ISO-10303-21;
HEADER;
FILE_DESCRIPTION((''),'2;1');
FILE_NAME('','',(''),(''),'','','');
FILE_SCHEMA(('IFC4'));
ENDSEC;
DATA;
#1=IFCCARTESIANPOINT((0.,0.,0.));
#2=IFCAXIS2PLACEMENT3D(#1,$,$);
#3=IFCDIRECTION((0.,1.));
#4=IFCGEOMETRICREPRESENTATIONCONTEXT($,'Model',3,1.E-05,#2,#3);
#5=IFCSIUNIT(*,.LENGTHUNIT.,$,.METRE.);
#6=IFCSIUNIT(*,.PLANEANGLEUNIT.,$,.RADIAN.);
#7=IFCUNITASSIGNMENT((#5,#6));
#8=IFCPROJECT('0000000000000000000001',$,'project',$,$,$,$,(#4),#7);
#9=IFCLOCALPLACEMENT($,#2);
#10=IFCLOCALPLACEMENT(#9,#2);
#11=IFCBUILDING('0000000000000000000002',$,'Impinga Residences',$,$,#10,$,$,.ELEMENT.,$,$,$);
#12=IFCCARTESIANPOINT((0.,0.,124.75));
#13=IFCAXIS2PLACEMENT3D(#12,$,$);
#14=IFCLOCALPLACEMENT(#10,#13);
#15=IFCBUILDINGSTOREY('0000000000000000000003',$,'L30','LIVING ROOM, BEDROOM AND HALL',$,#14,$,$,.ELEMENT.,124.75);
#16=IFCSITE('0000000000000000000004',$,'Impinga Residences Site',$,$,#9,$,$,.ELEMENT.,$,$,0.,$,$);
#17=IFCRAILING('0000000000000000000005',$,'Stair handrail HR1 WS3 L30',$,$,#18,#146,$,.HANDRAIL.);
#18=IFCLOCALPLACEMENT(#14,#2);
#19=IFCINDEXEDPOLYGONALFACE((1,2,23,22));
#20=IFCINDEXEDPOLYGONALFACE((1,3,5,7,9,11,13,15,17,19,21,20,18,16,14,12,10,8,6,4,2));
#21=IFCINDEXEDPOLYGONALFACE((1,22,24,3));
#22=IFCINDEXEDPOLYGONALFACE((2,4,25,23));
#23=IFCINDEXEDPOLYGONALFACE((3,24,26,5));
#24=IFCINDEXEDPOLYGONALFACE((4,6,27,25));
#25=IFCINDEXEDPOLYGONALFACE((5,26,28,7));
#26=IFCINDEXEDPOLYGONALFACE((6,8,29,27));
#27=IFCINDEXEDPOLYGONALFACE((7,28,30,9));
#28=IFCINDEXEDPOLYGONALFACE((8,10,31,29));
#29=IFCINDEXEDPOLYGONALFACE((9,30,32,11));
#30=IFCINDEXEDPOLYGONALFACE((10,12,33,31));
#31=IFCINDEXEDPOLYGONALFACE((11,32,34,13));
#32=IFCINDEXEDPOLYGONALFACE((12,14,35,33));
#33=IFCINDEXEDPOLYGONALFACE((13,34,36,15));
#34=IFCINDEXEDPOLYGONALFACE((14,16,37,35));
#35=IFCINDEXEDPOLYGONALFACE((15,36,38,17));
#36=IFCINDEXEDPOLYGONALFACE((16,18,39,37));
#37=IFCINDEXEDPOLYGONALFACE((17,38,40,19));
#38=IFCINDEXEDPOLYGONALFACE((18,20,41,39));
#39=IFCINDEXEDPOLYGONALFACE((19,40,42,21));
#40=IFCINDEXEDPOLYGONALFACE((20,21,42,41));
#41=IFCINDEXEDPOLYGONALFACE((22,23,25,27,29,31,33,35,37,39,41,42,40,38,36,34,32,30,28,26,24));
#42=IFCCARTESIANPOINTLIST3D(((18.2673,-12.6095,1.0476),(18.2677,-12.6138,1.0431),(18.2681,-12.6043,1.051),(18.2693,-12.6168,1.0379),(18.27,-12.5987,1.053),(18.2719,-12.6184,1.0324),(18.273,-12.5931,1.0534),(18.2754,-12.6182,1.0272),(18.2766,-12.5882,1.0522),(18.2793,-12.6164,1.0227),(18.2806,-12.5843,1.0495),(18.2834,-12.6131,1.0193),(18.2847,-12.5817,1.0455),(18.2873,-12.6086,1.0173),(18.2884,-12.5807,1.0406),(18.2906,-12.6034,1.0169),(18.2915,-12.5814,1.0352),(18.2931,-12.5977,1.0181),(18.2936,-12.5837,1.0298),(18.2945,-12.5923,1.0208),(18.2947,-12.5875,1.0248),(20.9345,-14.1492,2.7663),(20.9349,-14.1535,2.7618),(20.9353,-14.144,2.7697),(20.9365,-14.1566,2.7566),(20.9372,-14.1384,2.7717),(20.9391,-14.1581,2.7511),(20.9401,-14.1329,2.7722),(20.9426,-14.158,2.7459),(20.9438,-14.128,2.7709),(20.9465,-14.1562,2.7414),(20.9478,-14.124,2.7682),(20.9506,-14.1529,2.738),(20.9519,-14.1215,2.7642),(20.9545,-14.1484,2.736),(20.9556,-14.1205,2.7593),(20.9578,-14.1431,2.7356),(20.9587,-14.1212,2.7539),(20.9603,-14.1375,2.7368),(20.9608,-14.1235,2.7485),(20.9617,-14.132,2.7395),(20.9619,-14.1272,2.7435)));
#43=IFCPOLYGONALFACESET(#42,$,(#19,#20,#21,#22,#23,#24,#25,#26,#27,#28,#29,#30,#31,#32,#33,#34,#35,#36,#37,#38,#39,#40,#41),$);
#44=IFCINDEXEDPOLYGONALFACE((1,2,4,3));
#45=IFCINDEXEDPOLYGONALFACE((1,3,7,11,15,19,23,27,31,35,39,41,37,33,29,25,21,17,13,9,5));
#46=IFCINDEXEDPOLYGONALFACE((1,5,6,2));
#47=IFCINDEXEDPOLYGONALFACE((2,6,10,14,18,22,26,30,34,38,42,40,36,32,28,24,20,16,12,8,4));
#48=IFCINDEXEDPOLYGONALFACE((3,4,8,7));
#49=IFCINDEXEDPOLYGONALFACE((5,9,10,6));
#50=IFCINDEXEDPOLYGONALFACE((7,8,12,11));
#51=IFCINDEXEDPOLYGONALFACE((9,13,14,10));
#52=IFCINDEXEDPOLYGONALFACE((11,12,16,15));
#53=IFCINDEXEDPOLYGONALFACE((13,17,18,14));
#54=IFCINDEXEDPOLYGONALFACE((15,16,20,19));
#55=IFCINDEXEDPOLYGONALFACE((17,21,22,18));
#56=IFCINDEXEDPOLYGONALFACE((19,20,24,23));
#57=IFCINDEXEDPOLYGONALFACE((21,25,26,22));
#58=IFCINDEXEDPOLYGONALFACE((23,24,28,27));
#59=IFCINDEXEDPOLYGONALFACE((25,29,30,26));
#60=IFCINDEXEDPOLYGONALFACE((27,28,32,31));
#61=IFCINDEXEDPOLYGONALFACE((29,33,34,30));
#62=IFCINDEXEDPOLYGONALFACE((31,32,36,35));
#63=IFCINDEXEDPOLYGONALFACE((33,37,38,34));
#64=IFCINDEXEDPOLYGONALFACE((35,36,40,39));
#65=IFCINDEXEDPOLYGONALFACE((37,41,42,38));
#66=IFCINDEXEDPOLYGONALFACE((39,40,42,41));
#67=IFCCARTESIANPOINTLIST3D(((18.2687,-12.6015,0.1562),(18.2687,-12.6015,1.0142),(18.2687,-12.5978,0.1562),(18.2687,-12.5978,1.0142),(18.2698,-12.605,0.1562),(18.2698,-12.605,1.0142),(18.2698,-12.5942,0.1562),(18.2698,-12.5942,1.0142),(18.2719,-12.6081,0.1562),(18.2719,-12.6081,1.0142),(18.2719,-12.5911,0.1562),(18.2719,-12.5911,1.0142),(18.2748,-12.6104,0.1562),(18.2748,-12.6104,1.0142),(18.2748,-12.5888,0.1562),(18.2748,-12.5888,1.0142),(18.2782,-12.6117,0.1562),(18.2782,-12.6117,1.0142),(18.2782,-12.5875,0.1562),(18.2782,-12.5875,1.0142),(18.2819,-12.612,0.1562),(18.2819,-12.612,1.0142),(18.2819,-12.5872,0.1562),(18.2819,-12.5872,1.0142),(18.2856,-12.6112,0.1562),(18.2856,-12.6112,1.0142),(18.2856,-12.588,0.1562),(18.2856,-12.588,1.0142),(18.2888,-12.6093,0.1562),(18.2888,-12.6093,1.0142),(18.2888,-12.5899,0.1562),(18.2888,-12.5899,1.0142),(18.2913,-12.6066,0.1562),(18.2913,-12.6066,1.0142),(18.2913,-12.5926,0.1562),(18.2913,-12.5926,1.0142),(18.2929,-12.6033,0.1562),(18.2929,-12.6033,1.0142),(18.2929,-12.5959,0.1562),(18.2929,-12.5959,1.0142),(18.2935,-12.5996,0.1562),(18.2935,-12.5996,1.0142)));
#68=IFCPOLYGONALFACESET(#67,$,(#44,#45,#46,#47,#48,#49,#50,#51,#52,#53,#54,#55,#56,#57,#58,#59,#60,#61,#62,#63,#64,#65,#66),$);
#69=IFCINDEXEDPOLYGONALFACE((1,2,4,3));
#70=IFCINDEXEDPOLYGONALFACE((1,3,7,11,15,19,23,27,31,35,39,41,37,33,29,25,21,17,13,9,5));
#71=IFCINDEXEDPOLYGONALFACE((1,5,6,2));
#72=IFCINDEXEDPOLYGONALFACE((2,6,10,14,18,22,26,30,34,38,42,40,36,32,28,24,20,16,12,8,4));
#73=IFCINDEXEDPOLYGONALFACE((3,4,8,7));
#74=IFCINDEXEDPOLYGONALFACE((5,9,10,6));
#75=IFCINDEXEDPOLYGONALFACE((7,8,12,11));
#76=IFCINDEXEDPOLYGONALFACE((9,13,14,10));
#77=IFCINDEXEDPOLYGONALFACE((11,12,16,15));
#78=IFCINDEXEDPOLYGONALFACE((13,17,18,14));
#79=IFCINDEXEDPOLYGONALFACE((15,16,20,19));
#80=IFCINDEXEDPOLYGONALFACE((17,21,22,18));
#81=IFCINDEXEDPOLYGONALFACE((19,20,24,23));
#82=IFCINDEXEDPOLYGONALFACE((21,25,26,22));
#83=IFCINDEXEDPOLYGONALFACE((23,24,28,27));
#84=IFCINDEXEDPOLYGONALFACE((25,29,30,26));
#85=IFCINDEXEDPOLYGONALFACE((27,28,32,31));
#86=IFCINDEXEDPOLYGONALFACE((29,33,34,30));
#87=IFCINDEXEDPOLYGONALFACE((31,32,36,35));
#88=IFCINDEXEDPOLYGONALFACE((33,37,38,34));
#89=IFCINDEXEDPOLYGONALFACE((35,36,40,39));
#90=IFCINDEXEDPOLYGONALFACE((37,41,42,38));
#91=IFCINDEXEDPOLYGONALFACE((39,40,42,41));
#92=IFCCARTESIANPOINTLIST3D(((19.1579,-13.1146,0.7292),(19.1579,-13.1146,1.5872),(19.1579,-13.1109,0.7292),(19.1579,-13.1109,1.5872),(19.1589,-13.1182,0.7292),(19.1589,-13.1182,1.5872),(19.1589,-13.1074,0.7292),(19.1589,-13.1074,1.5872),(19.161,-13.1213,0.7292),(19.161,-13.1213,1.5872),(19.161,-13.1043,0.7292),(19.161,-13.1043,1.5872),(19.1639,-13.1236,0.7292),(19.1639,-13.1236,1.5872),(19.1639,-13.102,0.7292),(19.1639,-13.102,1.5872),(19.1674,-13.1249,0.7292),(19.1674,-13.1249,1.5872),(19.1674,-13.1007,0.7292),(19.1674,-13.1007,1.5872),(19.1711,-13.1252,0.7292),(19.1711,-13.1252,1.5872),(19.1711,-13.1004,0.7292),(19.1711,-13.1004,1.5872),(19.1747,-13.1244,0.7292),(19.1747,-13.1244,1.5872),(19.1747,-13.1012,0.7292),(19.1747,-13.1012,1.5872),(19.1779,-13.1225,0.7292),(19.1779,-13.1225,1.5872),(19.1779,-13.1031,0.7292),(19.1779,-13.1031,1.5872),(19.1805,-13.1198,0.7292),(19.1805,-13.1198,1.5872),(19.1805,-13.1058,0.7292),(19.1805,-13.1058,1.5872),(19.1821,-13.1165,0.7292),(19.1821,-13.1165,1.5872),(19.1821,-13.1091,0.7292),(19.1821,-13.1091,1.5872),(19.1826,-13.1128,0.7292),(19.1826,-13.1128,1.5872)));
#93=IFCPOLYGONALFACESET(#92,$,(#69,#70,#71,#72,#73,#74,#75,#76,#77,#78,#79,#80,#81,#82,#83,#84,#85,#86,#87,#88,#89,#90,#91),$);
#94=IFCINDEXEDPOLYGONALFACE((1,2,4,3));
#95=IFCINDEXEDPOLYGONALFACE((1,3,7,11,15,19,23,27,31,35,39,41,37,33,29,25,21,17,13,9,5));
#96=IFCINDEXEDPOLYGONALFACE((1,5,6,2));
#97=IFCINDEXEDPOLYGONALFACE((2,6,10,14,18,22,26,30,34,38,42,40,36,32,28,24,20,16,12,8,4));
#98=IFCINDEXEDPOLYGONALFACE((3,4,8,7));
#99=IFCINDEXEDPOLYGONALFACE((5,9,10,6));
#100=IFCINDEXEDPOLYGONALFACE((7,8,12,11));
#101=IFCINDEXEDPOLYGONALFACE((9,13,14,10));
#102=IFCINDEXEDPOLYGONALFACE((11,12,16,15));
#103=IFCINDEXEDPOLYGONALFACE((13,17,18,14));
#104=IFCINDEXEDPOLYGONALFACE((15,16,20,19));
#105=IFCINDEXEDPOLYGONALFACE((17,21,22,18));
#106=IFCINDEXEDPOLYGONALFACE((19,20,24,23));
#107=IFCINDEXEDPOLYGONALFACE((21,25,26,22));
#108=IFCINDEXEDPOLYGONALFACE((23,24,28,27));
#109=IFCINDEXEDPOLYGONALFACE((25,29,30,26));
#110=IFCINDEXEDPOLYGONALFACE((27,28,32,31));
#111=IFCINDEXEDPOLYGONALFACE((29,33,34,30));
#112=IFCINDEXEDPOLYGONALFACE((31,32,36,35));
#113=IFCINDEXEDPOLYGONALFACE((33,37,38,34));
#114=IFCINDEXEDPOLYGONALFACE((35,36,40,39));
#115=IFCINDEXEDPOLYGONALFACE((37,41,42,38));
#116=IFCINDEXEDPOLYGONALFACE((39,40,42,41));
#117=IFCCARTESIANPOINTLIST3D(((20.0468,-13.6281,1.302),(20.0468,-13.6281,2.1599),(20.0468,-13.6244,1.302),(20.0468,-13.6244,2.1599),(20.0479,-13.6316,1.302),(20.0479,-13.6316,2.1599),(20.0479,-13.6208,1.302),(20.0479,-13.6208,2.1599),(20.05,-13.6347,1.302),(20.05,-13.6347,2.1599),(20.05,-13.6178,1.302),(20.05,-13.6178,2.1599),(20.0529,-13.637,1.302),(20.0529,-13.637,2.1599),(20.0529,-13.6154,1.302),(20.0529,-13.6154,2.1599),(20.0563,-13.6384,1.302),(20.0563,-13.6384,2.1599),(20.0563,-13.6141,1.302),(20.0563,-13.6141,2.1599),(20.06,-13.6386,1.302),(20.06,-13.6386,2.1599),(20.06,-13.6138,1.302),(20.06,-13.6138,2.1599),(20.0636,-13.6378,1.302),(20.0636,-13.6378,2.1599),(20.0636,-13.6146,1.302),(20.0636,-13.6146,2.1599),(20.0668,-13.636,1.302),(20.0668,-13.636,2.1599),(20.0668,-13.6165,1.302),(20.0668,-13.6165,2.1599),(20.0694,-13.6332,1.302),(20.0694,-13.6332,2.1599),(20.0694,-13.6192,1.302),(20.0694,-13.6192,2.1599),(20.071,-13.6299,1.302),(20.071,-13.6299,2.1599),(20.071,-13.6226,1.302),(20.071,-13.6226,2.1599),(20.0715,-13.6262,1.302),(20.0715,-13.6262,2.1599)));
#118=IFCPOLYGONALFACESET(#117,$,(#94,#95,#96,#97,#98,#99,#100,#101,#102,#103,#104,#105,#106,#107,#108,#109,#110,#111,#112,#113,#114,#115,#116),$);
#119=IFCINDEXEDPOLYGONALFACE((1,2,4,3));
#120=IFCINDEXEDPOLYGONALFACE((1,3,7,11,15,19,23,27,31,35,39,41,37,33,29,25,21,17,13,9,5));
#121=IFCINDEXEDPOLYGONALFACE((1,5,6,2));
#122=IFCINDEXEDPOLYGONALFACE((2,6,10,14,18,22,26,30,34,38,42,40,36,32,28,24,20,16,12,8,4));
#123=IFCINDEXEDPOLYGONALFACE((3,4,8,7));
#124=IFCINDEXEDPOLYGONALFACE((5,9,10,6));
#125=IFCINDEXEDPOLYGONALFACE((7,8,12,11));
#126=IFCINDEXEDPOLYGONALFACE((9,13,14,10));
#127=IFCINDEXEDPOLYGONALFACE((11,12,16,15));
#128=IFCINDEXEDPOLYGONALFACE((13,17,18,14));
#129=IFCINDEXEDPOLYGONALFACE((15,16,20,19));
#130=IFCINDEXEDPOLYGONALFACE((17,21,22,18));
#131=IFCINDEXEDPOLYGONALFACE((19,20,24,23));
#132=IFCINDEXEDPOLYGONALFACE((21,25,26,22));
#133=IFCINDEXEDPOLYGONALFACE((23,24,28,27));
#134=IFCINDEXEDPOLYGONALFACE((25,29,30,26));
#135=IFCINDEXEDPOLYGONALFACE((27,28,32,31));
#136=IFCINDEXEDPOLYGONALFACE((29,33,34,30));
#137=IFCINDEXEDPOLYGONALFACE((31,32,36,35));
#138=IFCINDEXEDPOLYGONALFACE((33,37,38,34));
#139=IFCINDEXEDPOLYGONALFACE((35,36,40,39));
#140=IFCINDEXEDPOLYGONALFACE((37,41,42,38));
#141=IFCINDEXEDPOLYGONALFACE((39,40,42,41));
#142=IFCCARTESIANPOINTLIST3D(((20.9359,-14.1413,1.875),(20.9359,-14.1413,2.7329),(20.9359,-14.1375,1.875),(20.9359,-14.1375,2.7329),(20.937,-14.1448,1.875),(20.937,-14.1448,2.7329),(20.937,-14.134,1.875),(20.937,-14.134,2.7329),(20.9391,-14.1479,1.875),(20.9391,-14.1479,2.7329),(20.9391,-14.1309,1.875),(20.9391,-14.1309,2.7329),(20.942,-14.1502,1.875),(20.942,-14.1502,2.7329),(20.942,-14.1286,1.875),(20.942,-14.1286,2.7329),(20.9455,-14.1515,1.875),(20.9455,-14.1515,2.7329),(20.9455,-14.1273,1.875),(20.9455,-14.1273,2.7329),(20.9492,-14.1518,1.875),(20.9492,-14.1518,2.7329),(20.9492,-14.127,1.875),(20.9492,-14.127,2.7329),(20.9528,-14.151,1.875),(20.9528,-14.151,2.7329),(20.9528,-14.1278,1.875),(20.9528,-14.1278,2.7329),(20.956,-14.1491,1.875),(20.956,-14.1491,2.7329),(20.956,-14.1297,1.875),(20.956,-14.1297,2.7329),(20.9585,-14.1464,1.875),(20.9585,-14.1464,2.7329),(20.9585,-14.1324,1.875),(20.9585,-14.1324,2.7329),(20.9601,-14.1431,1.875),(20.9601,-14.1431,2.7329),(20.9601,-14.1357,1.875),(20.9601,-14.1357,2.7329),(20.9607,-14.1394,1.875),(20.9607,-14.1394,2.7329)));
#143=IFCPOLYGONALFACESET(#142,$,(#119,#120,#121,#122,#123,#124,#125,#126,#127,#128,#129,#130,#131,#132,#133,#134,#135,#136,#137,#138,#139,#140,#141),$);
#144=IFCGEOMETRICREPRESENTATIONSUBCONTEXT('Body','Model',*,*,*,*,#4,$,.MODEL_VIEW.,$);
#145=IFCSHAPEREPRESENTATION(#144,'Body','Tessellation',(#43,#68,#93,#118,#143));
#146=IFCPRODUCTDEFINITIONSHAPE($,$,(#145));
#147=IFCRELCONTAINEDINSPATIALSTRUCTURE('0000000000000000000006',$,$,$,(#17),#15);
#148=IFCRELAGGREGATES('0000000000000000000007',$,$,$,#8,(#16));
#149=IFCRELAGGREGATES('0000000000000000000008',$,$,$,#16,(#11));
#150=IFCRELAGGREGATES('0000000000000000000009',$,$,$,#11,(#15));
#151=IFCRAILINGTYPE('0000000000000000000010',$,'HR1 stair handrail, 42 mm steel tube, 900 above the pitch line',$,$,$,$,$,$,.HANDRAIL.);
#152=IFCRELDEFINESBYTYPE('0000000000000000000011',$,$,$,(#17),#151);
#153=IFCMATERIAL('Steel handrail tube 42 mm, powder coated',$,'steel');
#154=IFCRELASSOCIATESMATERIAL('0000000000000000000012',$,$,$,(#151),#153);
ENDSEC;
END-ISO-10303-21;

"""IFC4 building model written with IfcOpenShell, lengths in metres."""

from ifc_helpers import new_model, si_unit, direction, frame, origin, origin_2d, place, context, subcontext, project, spatial, circle, extrude, material, type_object, element, save


model = new_model("IFC4")

# Units and contexts
model_context = context("Model", 3, precision=1e-05, world=origin(), true_north=direction((0.0, 1.0)))
body_context = subcontext(model_context, "Body", "Model", "MODEL_VIEW")
ifc_project = project(units=[si_unit("LENGTHUNIT", "METRE"), si_unit("PLANEANGLEUNIT", "RADIAN")], contexts=[model_context])

# Site, building, storey
site_placement = place(None, origin())
site = spatial("IfcSite", under=ifc_project, at=site_placement, Name="Impinga Residences Site", CompositionType="ELEMENT", RefElevation=0.0)
building_placement = place(site_placement, origin())
building = spatial("IfcBuilding", under=site, at=building_placement, Name="Impinga Residences", CompositionType="ELEMENT")
storey_placement = place(building_placement, frame((0.0, 0.0, 124.75)))
storey = spatial("IfcBuildingStorey", under=building, at=storey_placement, Name="L30", Description="LIVING ROOM, BEDROOM AND HALL", CompositionType="ELEMENT", Elevation=124.75)

# Railing
ifc_material_1 = material(Name="Steel handrail tube 42 mm, powder coated", Category="steel")
railing_type_1 = type_object("IfcRailingType", Name="HR1 stair handrail, 42 mm steel tube, 900 above the pitch line", PredefinedType="HANDRAIL", material=ifc_material_1)
railing_1_placement = place(storey_placement, frame((18.281, -12.5996, 0.1562)))
element("IfcRailing", 1, at=railing_1_placement, inside=storey, type_object=railing_type_1, Name="Stair handrail HR1 WS3 L30", PredefinedType="HANDRAIL", context=body_context, shape_type="SweptSolid", body=[
    extrude(circle(Radius=0.021, at=origin_2d()), frame((0.0, 0.0, 0.8789), z_axis=(0.756249, -0.436582, 0.487322), x_axis=(0.499967, 0.866044, 0.0)), (0.0, 0.0, 1.0), 3.5269),
    extrude(circle(Radius=0.0125, at=origin_2d()), origin(), (0.0, 0.0, 1.0), 0.8579),
    extrude(circle(Radius=0.0125, at=origin_2d()), frame((0.8892, -0.5132, 0.573)), (0.0, 0.0, 1.0), 0.8579),
    extrude(circle(Radius=0.0125, at=origin_2d()), frame((1.7781, -1.0266, 1.1458)), (0.0, 0.0, 1.0), 0.8579),
    extrude(circle(Radius=0.0125, at=origin_2d()), frame((2.6672, -1.5398, 1.7188)), (0.0, 0.0, 1.0), 0.8579),
])

save(model, "model.ifc")
